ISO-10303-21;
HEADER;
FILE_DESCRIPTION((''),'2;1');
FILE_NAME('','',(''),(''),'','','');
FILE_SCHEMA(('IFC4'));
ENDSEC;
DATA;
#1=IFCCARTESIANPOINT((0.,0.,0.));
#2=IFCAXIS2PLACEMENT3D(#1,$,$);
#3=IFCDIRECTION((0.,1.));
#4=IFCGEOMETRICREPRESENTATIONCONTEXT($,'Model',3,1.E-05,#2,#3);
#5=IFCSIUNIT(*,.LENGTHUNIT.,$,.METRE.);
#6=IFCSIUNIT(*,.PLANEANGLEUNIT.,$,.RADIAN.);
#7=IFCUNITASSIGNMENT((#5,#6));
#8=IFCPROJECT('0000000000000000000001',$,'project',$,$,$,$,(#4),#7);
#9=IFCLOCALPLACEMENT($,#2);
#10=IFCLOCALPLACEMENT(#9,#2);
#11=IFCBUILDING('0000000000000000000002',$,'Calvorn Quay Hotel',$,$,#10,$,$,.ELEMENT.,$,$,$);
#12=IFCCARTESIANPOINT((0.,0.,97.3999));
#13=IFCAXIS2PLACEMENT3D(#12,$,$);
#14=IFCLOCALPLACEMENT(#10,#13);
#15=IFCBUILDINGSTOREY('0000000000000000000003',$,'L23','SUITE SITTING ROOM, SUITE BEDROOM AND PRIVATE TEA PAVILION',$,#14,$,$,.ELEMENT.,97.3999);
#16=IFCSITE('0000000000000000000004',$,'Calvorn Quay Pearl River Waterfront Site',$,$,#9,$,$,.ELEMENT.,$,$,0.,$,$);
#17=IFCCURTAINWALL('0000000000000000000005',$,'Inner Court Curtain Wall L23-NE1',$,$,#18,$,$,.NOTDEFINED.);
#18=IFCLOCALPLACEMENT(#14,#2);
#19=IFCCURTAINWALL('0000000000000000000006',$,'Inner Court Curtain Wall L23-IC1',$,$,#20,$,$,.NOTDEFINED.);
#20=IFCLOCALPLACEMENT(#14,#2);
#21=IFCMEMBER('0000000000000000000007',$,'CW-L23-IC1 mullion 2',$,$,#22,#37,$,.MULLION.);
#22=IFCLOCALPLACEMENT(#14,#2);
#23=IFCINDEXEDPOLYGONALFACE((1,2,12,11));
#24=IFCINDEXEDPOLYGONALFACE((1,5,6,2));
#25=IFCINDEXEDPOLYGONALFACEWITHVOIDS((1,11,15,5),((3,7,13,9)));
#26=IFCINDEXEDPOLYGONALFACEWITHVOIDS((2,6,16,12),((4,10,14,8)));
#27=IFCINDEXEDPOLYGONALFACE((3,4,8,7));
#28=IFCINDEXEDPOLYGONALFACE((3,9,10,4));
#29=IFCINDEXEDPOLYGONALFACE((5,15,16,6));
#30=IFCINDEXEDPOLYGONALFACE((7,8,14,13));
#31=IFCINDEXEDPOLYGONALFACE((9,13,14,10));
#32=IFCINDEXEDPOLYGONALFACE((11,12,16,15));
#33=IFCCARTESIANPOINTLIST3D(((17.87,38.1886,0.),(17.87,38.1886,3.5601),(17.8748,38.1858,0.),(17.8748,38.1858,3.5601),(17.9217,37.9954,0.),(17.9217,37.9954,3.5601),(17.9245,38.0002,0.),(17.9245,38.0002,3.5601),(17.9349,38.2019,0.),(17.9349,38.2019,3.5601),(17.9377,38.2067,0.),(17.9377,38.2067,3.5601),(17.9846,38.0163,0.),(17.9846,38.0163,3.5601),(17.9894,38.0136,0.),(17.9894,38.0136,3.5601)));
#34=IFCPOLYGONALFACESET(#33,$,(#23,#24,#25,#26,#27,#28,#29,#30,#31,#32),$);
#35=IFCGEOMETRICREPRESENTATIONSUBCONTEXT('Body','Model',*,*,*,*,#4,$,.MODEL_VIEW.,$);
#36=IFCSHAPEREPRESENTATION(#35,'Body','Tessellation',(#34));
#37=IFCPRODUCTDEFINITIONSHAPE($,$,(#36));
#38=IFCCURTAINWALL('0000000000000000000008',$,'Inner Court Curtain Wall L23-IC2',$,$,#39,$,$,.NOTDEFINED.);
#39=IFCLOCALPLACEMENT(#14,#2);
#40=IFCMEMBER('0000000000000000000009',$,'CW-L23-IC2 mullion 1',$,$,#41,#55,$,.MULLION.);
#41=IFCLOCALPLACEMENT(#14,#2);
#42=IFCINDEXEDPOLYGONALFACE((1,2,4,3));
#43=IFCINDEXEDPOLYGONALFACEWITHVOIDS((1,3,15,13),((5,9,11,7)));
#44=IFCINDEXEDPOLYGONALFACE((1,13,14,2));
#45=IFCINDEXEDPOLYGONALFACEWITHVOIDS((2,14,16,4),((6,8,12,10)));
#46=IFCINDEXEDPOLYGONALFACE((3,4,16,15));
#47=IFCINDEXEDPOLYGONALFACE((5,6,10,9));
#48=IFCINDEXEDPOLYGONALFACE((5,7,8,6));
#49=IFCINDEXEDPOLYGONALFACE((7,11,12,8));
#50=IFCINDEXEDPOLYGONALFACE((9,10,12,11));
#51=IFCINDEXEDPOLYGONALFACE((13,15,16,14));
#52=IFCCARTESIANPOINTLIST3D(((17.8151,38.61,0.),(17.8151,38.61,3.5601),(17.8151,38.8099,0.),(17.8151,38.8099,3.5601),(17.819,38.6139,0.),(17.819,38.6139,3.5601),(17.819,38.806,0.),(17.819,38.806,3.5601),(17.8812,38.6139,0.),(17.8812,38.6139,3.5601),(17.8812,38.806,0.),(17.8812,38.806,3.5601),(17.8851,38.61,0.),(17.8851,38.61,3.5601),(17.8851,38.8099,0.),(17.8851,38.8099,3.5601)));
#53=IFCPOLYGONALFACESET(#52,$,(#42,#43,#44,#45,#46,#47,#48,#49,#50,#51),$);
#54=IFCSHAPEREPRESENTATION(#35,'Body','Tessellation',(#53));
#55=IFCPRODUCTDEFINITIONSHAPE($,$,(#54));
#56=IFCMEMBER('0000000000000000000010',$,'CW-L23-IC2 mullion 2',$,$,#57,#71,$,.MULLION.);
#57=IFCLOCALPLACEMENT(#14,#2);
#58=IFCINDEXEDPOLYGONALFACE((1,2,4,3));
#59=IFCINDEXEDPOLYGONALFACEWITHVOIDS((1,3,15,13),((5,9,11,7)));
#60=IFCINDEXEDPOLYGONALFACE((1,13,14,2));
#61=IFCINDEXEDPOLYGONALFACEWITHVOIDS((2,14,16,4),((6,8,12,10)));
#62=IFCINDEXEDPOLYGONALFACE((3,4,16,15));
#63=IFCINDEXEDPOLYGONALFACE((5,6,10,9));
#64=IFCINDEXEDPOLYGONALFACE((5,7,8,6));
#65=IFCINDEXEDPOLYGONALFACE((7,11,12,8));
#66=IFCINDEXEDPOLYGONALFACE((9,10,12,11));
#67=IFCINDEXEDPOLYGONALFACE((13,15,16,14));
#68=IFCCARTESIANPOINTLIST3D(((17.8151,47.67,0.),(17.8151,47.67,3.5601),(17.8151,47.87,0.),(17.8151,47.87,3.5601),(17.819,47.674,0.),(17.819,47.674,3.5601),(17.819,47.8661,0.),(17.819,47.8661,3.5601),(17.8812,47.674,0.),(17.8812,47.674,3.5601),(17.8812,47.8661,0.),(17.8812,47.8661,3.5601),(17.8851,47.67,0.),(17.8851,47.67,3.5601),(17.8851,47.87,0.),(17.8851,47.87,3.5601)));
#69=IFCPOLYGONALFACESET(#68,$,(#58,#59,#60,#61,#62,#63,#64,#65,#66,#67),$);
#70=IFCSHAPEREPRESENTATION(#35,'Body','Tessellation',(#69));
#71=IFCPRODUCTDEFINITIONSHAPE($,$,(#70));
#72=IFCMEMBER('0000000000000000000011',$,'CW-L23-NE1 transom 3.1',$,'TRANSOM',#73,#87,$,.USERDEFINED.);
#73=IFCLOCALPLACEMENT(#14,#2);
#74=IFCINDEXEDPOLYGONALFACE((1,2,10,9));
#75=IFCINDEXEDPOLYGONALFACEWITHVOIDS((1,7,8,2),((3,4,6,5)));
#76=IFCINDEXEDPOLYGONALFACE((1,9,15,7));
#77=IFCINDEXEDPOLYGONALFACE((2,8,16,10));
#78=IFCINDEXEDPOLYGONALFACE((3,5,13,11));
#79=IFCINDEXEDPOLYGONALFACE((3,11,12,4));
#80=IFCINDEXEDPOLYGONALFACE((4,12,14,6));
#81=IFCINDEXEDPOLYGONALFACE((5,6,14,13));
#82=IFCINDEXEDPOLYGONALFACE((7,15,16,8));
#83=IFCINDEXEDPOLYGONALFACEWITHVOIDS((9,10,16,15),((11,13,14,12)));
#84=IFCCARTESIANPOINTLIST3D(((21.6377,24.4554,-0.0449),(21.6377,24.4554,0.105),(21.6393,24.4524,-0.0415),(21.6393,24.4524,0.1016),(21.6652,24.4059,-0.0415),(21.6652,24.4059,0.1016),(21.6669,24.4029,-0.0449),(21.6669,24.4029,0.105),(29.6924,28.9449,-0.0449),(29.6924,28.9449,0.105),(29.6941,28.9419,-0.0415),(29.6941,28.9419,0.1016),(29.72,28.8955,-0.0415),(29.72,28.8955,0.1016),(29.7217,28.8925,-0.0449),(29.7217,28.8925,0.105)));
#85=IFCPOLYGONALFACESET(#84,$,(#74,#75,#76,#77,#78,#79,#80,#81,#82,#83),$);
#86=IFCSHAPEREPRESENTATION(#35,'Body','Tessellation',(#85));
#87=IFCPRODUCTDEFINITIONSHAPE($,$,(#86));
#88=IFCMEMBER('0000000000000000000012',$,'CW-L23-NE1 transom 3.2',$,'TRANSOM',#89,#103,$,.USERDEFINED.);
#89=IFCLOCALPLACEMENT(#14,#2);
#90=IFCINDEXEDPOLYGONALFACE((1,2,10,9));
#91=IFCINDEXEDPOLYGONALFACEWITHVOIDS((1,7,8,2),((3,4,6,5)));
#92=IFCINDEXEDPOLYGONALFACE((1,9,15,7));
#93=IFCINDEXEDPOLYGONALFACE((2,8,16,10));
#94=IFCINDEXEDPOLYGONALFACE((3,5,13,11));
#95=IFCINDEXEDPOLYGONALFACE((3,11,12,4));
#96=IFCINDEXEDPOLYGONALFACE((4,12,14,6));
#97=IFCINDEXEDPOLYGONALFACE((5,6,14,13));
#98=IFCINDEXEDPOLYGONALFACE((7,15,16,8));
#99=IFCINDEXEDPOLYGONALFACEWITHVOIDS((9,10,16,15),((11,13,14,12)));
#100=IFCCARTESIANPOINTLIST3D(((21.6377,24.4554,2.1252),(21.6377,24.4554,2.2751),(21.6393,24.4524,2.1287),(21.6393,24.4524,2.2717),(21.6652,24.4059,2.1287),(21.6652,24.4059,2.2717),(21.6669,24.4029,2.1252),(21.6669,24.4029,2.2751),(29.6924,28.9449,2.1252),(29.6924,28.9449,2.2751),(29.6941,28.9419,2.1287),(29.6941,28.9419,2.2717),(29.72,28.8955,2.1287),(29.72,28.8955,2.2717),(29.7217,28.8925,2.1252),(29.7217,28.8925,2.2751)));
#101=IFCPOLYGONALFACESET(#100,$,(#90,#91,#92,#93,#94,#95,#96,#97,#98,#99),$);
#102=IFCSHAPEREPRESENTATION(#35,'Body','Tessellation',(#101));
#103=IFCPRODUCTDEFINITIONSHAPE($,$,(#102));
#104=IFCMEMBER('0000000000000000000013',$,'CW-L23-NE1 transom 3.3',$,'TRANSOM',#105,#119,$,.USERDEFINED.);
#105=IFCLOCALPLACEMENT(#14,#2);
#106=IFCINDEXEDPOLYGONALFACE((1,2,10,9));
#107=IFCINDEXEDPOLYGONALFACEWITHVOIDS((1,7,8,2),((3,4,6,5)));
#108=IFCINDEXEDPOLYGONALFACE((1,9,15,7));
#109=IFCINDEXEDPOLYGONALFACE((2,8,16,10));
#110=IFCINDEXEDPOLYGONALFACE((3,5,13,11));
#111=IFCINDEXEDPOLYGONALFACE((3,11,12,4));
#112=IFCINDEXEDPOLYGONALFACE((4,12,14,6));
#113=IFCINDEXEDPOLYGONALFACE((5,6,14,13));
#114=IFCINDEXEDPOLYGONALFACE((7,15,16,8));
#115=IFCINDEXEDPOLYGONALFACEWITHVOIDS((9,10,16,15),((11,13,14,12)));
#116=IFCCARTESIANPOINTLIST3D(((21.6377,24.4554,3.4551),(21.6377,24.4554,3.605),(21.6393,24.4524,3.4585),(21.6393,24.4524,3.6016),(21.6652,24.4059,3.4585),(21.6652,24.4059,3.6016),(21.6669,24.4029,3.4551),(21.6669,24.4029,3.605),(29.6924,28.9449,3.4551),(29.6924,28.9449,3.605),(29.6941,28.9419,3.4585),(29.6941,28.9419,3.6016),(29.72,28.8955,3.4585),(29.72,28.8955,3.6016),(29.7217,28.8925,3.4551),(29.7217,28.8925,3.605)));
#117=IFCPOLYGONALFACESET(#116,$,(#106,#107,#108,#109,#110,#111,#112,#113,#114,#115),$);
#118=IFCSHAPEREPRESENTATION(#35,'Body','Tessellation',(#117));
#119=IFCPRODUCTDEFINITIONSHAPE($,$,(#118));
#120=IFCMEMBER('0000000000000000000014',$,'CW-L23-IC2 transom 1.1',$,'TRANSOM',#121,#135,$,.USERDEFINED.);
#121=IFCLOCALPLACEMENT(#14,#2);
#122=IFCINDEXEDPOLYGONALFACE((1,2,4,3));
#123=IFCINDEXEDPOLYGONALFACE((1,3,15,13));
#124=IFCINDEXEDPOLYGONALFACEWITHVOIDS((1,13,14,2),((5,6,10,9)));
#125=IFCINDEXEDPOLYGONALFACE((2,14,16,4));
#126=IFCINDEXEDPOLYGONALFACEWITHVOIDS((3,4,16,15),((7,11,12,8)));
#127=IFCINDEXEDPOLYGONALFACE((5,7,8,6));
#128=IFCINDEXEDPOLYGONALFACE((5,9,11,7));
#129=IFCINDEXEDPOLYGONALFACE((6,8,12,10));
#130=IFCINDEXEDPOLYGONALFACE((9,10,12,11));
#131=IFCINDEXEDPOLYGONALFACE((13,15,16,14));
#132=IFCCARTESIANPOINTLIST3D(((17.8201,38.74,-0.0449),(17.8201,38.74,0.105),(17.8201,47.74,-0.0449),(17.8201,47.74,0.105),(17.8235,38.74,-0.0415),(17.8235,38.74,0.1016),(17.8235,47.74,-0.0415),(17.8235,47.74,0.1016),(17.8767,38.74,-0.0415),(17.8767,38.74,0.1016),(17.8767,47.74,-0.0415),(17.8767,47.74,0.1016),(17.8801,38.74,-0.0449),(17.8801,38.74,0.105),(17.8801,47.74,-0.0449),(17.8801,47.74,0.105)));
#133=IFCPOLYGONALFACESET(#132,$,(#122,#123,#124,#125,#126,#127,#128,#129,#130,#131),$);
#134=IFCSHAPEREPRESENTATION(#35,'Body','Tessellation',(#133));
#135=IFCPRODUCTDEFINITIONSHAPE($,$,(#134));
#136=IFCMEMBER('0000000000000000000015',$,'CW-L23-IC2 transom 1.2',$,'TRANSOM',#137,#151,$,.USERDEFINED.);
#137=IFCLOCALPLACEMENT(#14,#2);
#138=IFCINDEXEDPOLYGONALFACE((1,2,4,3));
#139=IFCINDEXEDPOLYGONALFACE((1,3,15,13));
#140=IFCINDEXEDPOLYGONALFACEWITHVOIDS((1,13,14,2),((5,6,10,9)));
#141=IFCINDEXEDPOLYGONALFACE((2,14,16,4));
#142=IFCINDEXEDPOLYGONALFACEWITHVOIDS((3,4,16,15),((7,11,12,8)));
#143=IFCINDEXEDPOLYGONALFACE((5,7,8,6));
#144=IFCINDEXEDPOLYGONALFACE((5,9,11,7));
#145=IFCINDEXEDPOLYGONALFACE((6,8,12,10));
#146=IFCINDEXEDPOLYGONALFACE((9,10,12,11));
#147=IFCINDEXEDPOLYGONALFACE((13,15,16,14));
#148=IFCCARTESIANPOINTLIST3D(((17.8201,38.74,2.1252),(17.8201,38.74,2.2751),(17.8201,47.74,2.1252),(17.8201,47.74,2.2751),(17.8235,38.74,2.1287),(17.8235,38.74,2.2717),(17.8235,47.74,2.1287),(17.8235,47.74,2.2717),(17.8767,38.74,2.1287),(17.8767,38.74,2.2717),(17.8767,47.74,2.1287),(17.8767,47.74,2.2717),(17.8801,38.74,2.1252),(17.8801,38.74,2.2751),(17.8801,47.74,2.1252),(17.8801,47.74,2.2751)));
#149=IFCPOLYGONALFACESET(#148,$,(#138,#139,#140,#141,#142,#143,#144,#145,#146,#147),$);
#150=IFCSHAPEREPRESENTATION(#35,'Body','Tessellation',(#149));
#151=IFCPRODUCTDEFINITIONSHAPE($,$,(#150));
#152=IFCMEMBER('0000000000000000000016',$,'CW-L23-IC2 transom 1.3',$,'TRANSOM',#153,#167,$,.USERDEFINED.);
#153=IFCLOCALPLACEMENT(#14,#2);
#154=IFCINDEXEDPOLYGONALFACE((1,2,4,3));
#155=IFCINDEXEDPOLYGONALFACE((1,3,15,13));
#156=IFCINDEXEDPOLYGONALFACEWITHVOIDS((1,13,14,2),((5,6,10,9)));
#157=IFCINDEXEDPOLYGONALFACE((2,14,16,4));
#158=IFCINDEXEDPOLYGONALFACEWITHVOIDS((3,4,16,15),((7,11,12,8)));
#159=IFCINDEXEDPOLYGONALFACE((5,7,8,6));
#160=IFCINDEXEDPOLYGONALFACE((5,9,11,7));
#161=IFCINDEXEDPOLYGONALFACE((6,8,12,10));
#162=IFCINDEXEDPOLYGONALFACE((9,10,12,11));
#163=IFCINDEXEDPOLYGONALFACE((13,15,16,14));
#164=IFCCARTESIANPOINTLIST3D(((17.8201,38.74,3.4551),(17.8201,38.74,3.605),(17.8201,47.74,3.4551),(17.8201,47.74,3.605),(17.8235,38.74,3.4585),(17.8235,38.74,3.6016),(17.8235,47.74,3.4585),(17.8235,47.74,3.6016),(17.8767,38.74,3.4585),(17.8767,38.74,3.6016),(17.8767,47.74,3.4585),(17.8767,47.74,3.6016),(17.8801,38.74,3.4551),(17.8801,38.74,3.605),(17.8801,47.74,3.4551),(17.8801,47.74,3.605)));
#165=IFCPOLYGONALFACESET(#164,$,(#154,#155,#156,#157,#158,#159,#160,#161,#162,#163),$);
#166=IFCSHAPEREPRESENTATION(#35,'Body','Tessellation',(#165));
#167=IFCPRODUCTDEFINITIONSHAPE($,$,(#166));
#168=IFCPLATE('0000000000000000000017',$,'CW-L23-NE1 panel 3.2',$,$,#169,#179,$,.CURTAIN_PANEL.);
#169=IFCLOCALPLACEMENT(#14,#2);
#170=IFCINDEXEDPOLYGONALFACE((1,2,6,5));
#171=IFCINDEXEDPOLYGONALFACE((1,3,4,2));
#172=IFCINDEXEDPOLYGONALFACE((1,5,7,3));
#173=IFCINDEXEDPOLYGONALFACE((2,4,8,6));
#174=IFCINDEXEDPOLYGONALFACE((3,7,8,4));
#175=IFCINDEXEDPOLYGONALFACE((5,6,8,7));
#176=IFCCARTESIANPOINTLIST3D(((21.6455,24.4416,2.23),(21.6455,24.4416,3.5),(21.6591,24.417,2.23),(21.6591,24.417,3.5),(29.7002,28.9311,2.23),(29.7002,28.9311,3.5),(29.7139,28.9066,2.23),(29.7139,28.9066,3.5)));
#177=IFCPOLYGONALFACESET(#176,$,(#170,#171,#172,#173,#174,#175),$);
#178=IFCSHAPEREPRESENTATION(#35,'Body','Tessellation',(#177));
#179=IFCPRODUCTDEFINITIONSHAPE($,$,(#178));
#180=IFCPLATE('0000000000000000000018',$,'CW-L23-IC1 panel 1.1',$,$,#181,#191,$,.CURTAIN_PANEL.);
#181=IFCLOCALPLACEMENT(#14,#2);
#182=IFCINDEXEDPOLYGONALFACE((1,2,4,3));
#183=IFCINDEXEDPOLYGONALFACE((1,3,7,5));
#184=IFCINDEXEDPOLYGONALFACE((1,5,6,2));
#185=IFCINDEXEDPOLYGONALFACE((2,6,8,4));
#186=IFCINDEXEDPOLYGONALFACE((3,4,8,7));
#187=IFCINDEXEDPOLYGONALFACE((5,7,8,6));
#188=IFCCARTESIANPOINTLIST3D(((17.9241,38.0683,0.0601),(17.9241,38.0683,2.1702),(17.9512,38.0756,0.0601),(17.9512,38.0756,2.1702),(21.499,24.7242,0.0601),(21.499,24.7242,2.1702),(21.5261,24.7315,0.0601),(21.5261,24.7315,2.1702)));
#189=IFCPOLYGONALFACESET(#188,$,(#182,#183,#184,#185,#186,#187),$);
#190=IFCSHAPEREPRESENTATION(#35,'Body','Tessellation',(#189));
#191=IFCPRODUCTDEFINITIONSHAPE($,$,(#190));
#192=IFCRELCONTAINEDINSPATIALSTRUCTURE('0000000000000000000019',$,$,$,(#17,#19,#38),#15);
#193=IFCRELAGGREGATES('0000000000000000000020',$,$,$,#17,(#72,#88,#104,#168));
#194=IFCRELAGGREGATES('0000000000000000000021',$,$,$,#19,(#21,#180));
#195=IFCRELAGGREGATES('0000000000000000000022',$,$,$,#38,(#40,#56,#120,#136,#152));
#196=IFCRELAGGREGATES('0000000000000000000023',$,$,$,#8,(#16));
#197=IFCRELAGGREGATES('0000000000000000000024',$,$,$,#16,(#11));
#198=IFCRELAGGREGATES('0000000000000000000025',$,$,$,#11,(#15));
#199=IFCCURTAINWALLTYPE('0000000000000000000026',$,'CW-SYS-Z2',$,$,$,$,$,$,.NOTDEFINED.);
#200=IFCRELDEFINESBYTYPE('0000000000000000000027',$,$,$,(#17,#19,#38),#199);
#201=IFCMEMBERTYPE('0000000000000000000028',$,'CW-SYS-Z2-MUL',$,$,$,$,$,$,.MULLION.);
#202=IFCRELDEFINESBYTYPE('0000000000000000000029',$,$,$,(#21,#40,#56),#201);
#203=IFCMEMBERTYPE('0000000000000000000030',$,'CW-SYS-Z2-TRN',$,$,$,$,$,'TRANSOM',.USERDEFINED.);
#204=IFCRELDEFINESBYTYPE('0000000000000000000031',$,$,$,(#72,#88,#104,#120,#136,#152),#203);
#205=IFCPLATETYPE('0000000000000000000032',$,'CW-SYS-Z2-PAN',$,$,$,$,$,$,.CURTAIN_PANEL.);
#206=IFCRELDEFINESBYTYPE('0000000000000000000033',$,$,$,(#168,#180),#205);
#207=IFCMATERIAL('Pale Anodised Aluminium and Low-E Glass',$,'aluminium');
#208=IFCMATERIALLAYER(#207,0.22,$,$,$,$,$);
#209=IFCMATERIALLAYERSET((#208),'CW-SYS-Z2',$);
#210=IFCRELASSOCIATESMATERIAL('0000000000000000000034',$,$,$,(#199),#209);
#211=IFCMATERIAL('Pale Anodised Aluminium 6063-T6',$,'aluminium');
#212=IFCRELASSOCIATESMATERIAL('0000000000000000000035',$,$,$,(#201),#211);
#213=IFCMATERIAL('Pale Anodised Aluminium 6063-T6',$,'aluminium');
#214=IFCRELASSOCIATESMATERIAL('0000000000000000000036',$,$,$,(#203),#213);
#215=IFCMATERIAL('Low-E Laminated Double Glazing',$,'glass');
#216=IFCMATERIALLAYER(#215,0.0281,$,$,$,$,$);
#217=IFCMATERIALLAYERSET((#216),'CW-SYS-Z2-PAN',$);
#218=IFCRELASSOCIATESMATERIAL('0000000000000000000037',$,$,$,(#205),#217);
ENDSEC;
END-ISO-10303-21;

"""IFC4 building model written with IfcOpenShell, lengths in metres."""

from ifc_helpers import new_model, si_unit, direction, frame, origin, origin_2d, place, context, subcontext, project, spatial, rectangle, hollow_rectangle, extrude, material, layer, layer_set, material_profile, profile_set, type_object, element, aggregate, save


model = new_model("IFC4")

# Units and contexts
model_context = context("Model", 3, precision=1e-05, world=origin(), true_north=direction((0.0, 1.0)))
body_context = subcontext(model_context, "Body", "Model", "MODEL_VIEW")
ifc_project = project(units=[si_unit("LENGTHUNIT", "METRE"), si_unit("PLANEANGLEUNIT", "RADIAN")], contexts=[model_context])

# Site, building, storey
site_placement = place(None, origin())
site = spatial("IfcSite", under=ifc_project, at=site_placement, Name="Calvorn Quay Pearl River Waterfront Site", CompositionType="ELEMENT", RefElevation=0.0)
building_placement = place(site_placement, origin())
building = spatial("IfcBuilding", under=site, at=building_placement, Name="Calvorn Quay Hotel", CompositionType="ELEMENT")
storey_placement = place(building_placement, frame((0.0, 0.0, 97.3999)))
storey = spatial("IfcBuildingStorey", under=building, at=storey_placement, Name="L23", Description="SUITE SITTING ROOM, SUITE BEDROOM AND PRIVATE TEA PAVILION", CompositionType="ELEMENT", Elevation=97.3999)

# Curtain walls, member
ifc_material_1 = material(Name="Pale Anodised Aluminium and Low-E Glass", Category="aluminium")
ifc_layer_1 = layer(ifc_material_1, 0.22)
ifc_layer_set_1 = layer_set([ifc_layer_1], Name="CW-SYS-Z2")
curtain_wall_type = type_object("IfcCurtainWallType", Name="CW-SYS-Z2", PredefinedType="NOTDEFINED", material=ifc_layer_set_1)
curtain_wall_1_placement = place(storey_placement, origin())
curtain_wall_1 = element("IfcCurtainWall", 1, at=curtain_wall_1_placement, inside=storey, type_object=curtain_wall_type, Name="Inner Court Curtain Wall L23-NE1", PredefinedType="NOTDEFINED")
ifc_material_2 = material(Name="Pale Anodised Aluminium 6063-T6", Category="aluminium")
ifc_material_profile_1 = material_profile(ifc_material_2, hollow_rectangle(XDim=0.0701, YDim=0.2, WallThickness=0.0039, at=origin_2d()), Name="ALU-M200x70x4")
ifc_profile_set_1 = profile_set([ifc_material_profile_1], Name="Pale Anodised Aluminium 6063-T6")
member_type_1 = type_object("IfcMemberType", Name="CW-SYS-Z2-MUL", PredefinedType="MULLION", material=ifc_profile_set_1)
curtain_wall_2_placement = place(storey_placement, origin())
curtain_wall_2 = element("IfcCurtainWall", 2, at=curtain_wall_2_placement, inside=storey, type_object=curtain_wall_type, Name="Inner Court Curtain Wall L23-IC1", PredefinedType="NOTDEFINED")
member_1_placement = place(storey_placement, frame((17.9297, 38.1011, 0.0), z_axis=(0.0, 0.0, 1.0), x_axis=(-0.965937, -0.258779, 0.0)))
member_1 = element("IfcMember", 3, at=member_1_placement, type_object=member_type_1, Name="CW-L23-IC1 mullion 2", PredefinedType="MULLION", context=body_context, shape_type="SweptSolid", body=[
    extrude(hollow_rectangle(XDim=0.0701, YDim=0.2, WallThickness=0.0039, at=origin_2d()), origin(), (0.0, 0.0, 1.0), 3.5601),
])

# Curtain wall, members
curtain_wall_3_placement = place(storey_placement, origin())
curtain_wall_3 = element("IfcCurtainWall", 4, at=curtain_wall_3_placement, inside=storey, type_object=curtain_wall_type, Name="Inner Court Curtain Wall L23-IC2", PredefinedType="NOTDEFINED")
member_2_placement = place(storey_placement, frame((17.8501, 38.71, 0.0), z_axis=(0.0, 0.0, 1.0), x_axis=(-1.0, 0.0, 0.0)))
member_2 = element("IfcMember", 5, at=member_2_placement, type_object=member_type_1, Name="CW-L23-IC2 mullion 1", PredefinedType="MULLION", context=body_context, shape_type="SweptSolid", body=[
    extrude(hollow_rectangle(XDim=0.0701, YDim=0.2, WallThickness=0.0039, at=origin_2d()), origin(), (0.0, 0.0, 1.0), 3.5601),
])
member_3_placement = place(storey_placement, frame((17.8501, 47.77, 0.0), z_axis=(0.0, 0.0, 1.0), x_axis=(-1.0, 0.0, 0.0)))
member_3 = element("IfcMember", 6, at=member_3_placement, type_object=member_type_1, Name="CW-L23-IC2 mullion 2", PredefinedType="MULLION", context=body_context, shape_type="SweptSolid", body=[
    extrude(hollow_rectangle(XDim=0.0701, YDim=0.2, WallThickness=0.0039, at=origin_2d()), origin(), (0.0, 0.0, 1.0), 3.5601),
])

# Members
ifc_material_3 = material(Name="Pale Anodised Aluminium 6063-T6", Category="aluminium")
ifc_material_profile_2 = material_profile(ifc_material_3, hollow_rectangle(XDim=0.0601, YDim=0.1499, WallThickness=0.0034, at=origin_2d()), Name="ALU-T150x60x3.5")
ifc_profile_set_2 = profile_set([ifc_material_profile_2], Name="Pale Anodised Aluminium 6063-T6")
member_type_2 = type_object("IfcMemberType", Name="CW-SYS-Z2-TRN", ElementType="TRANSOM", PredefinedType="USERDEFINED", material=ifc_profile_set_2)
member_4_placement = place(storey_placement, frame((29.707, 28.9187, 0.03), z_axis=(-0.873481, -0.486859, 0.0), x_axis=(0.486859, -0.873481, 0.0)))
member_4 = element("IfcMember", 7, at=member_4_placement, type_object=member_type_2, Name="CW-L23-NE1 transom 3.1", ObjectType="TRANSOM", PredefinedType="USERDEFINED", context=body_context, shape_type="SweptSolid", body=[
    extrude(hollow_rectangle(XDim=0.0601, YDim=0.1499, WallThickness=0.0034, at=origin_2d()), origin(), (0.0, 0.0, 1.0), 9.2214),
])
member_5_placement = place(storey_placement, frame((29.707, 28.9187, 2.2002), z_axis=(-0.873481, -0.486859, 0.0), x_axis=(0.486859, -0.873481, 0.0)))
member_5 = element("IfcMember", 8, at=member_5_placement, type_object=member_type_2, Name="CW-L23-NE1 transom 3.2", ObjectType="TRANSOM", PredefinedType="USERDEFINED", context=body_context, shape_type="SweptSolid", body=[
    extrude(hollow_rectangle(XDim=0.0601, YDim=0.1499, WallThickness=0.0034, at=origin_2d()), origin(), (0.0, 0.0, 1.0), 9.2214),
])
member_6_placement = place(storey_placement, frame((29.707, 28.9187, 3.53), z_axis=(-0.873481, -0.486859, 0.0), x_axis=(0.486859, -0.873481, 0.0)))
member_6 = element("IfcMember", 9, at=member_6_placement, type_object=member_type_2, Name="CW-L23-NE1 transom 3.3", ObjectType="TRANSOM", PredefinedType="USERDEFINED", context=body_context, shape_type="SweptSolid", body=[
    extrude(hollow_rectangle(XDim=0.0601, YDim=0.1499, WallThickness=0.0034, at=origin_2d()), origin(), (0.0, 0.0, 1.0), 9.2214),
])
member_7_placement = place(storey_placement, frame((17.8501, 38.74, 0.03), z_axis=(0.0, 1.0, 0.0), x_axis=(-1.0, 0.0, 0.0)))
member_7 = element("IfcMember", 10, at=member_7_placement, type_object=member_type_2, Name="CW-L23-IC2 transom 1.1", ObjectType="TRANSOM", PredefinedType="USERDEFINED", context=body_context, shape_type="SweptSolid", body=[
    extrude(hollow_rectangle(XDim=0.0601, YDim=0.1499, WallThickness=0.0034, at=origin_2d()), origin(), (0.0, 0.0, 1.0), 9.0),
])
member_8_placement = place(storey_placement, frame((17.8501, 38.74, 2.2002), z_axis=(0.0, 1.0, 0.0), x_axis=(-1.0, 0.0, 0.0)))
member_8 = element("IfcMember", 11, at=member_8_placement, type_object=member_type_2, Name="CW-L23-IC2 transom 1.2", ObjectType="TRANSOM", PredefinedType="USERDEFINED", context=body_context, shape_type="SweptSolid", body=[
    extrude(hollow_rectangle(XDim=0.0601, YDim=0.1499, WallThickness=0.0034, at=origin_2d()), origin(), (0.0, 0.0, 1.0), 9.0),
])
member_9_placement = place(storey_placement, frame((17.8501, 38.74, 3.53), z_axis=(0.0, 1.0, 0.0), x_axis=(-1.0, 0.0, 0.0)))
member_9 = element("IfcMember", 12, at=member_9_placement, type_object=member_type_2, Name="CW-L23-IC2 transom 1.3", ObjectType="TRANSOM", PredefinedType="USERDEFINED", context=body_context, shape_type="SweptSolid", body=[
    extrude(hollow_rectangle(XDim=0.0601, YDim=0.1499, WallThickness=0.0034, at=origin_2d()), origin(), (0.0, 0.0, 1.0), 9.0),
])

# Plates
ifc_material_4 = material(Name="Low-E Laminated Double Glazing", Category="glass")
ifc_layer_2 = layer(ifc_material_4, 0.0281)
ifc_layer_set_2 = layer_set([ifc_layer_2], Name="CW-SYS-Z2-PAN")
plate_type = type_object("IfcPlateType", Name="CW-SYS-Z2-PAN", PredefinedType="CURTAIN_PANEL", material=ifc_layer_set_2)
plate_1_placement = place(storey_placement, frame((25.6797, 26.6741, 2.23), z_axis=(0.0, 0.0, 1.0), x_axis=(-0.873481, -0.486858, 0.0)))
plate_1 = element("IfcPlate", 13, at=plate_1_placement, type_object=plate_type, Name="CW-L23-NE1 panel 3.2", PredefinedType="CURTAIN_PANEL", context=body_context, shape_type="SweptSolid", body=[
    extrude(rectangle(XDim=9.2214, YDim=0.0281, at=origin_2d()), origin(), (0.0, 0.0, 1.0), 1.27),
])
aggregate(curtain_wall_1, [member_4, member_5, member_6, plate_1])
plate_2_placement = place(storey_placement, frame((19.7251, 31.3999, 0.0601), z_axis=(0.0, 0.0, 1.0), x_axis=(-0.258779, 0.965937, 0.0)))
plate_2 = element("IfcPlate", 14, at=plate_2_placement, type_object=plate_type, Name="CW-L23-IC1 panel 1.1", PredefinedType="CURTAIN_PANEL", context=body_context, shape_type="SweptSolid", body=[
    extrude(rectangle(XDim=13.8147, YDim=0.0281, at=origin_2d()), origin(), (0.0, 0.0, 1.0), 2.1101),
])
aggregate(curtain_wall_2, [member_1, plate_2])
aggregate(curtain_wall_3, [member_2, member_3, member_7, member_8, member_9])

save(model, "model.ifc")
